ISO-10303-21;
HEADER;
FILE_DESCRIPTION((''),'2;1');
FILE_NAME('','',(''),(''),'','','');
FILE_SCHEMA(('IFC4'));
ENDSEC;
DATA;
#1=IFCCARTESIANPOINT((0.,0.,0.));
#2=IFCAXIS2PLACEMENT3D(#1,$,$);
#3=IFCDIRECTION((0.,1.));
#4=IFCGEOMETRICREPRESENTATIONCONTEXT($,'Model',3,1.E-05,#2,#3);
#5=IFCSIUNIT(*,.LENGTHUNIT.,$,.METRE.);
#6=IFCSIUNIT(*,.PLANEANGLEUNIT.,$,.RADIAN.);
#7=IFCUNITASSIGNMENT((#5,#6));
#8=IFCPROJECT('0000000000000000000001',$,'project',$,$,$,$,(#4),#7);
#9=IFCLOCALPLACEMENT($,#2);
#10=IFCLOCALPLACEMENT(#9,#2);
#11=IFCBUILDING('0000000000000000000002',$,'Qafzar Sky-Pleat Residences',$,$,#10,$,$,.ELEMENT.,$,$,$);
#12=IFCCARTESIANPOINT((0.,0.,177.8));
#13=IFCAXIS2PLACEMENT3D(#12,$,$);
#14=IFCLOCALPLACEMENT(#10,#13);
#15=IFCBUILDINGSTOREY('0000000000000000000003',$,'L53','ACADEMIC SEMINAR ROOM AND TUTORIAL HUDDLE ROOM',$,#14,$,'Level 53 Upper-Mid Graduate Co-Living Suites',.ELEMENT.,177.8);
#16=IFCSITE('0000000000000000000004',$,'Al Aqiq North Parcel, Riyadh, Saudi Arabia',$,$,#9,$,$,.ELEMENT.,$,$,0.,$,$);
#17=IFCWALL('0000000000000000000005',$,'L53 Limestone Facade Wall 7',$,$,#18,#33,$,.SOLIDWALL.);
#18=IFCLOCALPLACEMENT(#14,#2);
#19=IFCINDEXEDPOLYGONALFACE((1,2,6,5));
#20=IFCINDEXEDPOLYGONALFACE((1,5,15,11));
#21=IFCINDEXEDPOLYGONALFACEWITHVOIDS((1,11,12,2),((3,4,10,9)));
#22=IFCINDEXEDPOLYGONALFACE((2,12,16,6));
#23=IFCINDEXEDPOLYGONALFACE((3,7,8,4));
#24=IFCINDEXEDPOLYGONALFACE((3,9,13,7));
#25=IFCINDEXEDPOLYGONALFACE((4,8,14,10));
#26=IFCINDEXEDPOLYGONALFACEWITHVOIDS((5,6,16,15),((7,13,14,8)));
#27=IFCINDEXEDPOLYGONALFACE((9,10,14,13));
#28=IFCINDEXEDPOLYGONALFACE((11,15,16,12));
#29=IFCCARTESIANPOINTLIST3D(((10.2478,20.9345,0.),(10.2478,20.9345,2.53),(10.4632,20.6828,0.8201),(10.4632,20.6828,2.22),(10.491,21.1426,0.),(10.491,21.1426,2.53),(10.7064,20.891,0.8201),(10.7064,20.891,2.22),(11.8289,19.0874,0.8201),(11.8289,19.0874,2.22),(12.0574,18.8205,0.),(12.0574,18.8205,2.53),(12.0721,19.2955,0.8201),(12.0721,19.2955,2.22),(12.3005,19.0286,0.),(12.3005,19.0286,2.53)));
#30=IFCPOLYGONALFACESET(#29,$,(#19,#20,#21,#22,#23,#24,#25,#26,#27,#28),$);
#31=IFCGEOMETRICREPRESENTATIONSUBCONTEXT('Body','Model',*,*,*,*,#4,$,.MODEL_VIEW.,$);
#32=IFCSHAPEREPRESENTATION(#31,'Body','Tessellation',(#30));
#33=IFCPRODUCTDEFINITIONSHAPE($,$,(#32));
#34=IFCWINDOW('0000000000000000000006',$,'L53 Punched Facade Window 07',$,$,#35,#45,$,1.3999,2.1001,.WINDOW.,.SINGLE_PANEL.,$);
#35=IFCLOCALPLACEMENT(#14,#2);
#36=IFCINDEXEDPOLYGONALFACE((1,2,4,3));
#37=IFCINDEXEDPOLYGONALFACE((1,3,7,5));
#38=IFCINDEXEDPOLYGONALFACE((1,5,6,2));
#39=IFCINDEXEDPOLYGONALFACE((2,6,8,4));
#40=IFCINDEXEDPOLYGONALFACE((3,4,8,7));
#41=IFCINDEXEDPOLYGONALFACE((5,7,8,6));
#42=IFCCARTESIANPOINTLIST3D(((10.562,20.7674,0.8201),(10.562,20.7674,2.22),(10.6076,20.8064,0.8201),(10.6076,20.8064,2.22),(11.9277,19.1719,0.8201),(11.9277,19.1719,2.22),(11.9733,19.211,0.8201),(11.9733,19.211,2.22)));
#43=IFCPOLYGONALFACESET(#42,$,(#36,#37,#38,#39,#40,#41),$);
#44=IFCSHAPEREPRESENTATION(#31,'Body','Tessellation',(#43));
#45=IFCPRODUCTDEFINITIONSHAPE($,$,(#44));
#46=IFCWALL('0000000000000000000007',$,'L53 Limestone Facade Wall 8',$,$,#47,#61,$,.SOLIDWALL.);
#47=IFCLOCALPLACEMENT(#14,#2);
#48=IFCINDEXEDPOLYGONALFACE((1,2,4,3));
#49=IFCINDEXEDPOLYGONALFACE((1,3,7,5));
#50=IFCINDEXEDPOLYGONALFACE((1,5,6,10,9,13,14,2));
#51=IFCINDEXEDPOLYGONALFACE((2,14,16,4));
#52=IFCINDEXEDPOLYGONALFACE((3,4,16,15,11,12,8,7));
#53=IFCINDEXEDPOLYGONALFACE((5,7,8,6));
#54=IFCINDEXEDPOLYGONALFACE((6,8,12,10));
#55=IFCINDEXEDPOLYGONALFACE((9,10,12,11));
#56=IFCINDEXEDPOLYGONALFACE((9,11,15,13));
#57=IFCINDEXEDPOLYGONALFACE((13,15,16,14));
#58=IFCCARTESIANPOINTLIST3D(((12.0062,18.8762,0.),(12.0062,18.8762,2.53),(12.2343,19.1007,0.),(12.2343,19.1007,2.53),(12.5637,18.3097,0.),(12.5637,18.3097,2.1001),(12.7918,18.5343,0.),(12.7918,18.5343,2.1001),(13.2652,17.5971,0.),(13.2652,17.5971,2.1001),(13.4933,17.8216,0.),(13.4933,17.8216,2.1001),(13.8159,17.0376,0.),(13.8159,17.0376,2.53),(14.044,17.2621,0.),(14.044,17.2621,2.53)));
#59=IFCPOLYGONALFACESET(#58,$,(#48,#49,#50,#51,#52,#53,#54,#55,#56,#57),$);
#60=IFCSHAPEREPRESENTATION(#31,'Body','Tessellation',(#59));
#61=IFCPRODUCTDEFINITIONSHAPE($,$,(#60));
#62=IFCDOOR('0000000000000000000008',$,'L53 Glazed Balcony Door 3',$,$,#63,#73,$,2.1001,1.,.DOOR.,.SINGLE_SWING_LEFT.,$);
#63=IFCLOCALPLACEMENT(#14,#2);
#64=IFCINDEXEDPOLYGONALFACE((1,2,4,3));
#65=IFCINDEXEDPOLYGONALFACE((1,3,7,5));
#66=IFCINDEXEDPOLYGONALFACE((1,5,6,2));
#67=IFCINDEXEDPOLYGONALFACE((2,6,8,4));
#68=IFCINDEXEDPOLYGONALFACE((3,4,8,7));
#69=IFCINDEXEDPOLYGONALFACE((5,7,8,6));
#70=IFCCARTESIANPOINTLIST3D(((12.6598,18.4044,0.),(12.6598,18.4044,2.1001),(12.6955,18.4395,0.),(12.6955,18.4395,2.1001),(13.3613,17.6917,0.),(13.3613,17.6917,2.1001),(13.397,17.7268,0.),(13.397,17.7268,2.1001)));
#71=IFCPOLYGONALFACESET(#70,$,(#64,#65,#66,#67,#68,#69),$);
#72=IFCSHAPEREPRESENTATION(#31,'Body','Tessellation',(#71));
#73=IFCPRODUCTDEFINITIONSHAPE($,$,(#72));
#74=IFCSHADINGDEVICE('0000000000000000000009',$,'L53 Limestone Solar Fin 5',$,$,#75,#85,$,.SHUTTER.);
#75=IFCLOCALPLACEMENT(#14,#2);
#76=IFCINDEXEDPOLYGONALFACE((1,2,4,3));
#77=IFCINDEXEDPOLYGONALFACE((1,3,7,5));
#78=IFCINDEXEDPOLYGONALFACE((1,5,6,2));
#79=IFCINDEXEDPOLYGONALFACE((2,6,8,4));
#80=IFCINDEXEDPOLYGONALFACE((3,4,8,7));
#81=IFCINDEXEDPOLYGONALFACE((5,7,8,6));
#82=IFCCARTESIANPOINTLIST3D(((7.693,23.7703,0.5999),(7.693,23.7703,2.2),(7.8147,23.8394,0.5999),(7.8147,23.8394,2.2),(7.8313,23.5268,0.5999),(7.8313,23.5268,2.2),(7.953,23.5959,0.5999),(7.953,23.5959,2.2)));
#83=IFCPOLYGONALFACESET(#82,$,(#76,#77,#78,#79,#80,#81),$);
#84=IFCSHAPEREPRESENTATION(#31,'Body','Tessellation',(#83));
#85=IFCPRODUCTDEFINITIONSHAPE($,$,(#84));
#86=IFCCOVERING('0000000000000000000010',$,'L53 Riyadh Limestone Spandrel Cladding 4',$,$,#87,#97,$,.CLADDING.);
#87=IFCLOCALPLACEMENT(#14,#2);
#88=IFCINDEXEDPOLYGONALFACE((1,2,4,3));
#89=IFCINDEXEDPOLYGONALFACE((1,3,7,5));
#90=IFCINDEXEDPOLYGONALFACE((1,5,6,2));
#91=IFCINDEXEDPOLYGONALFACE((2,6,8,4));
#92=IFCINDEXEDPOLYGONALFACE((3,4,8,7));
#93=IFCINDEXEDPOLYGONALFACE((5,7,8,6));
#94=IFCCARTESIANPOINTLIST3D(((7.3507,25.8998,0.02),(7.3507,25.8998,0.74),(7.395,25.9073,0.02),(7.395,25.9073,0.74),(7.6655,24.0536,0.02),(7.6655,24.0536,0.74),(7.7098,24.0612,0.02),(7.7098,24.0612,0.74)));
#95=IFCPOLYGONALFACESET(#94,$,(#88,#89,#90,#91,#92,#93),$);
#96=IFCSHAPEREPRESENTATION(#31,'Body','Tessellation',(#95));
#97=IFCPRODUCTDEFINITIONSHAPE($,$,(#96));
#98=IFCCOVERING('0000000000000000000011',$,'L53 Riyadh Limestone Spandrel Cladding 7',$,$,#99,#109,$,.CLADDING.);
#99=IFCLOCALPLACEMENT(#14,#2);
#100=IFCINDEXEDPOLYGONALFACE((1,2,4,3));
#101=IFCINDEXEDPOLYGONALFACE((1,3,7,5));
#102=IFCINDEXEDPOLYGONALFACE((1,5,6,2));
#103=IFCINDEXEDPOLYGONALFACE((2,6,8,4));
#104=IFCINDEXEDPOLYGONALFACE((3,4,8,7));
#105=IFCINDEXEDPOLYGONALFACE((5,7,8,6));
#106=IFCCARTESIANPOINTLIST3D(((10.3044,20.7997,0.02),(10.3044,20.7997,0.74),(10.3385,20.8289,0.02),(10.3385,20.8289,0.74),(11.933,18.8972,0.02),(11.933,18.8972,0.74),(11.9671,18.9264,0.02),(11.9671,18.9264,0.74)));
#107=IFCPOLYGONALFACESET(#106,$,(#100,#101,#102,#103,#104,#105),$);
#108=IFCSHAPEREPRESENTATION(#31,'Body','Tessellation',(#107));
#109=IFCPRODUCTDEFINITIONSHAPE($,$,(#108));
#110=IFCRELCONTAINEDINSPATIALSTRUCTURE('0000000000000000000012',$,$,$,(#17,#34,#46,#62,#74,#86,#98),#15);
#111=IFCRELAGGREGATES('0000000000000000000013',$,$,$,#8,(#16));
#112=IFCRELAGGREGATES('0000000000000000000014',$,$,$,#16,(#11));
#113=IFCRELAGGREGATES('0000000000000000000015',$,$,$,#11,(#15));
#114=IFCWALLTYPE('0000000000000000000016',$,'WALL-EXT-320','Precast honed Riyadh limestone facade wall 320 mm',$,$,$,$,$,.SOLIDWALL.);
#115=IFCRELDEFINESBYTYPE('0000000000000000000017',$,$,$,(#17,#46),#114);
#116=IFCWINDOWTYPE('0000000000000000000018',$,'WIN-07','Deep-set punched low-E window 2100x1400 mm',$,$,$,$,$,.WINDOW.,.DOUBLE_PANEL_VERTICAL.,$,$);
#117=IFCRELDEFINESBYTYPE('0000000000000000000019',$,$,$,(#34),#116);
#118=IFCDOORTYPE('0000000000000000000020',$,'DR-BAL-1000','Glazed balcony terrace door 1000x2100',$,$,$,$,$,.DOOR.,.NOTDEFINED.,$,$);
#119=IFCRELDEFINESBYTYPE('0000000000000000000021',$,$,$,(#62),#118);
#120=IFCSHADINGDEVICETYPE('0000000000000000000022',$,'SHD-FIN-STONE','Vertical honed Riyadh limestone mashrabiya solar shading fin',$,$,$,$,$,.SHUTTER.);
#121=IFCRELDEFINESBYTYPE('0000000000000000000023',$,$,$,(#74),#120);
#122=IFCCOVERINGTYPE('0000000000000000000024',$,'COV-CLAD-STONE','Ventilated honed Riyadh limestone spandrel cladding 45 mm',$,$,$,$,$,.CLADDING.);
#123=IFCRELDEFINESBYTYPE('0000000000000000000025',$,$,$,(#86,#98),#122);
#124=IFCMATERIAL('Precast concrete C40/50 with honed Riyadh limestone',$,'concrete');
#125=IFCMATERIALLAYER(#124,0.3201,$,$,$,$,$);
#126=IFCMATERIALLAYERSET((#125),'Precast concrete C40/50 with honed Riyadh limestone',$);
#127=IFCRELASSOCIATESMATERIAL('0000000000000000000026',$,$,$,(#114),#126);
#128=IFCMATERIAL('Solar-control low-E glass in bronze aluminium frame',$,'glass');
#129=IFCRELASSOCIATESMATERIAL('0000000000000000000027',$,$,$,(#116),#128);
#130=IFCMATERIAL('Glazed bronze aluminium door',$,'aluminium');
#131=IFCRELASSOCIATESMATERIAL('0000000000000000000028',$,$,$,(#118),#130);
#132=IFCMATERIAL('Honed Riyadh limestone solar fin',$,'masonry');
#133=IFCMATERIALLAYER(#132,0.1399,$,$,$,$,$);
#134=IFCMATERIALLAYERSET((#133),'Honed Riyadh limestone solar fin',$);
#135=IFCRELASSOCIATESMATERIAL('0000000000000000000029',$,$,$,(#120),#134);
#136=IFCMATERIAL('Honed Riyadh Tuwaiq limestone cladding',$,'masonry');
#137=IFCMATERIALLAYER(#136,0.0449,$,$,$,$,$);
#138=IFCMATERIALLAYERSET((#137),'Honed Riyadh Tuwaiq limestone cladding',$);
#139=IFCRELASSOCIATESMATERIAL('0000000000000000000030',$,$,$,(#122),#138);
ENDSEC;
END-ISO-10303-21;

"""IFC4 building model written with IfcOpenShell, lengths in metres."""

from ifc_helpers import new_model, si_unit, direction, frame, frame_2d, origin, origin_2d, place, context, subcontext, project, spatial, rectangle, extrude, source, transform, mapped, material, layer, layer_set, type_object, element, fill, save


model = new_model("IFC4")

# Units and contexts
model_context = context("Model", 3, precision=1e-05, world=origin(), true_north=direction((0.0, 1.0)))
body_context = subcontext(model_context, "Body", "Model", "MODEL_VIEW")
ifc_project = project(units=[si_unit("LENGTHUNIT", "METRE"), si_unit("PLANEANGLEUNIT", "RADIAN")], contexts=[model_context])

# Site, building, storey
site_placement = place(None, origin())
site = spatial("IfcSite", under=ifc_project, at=site_placement, Name="Al Aqiq North Parcel, Riyadh, Saudi Arabia", CompositionType="ELEMENT", RefElevation=0.0)
building_placement = place(site_placement, origin())
building = spatial("IfcBuilding", under=site, at=building_placement, Name="Qafzar Sky-Pleat Residences", CompositionType="ELEMENT")
storey_placement = place(building_placement, frame((0.0, 0.0, 177.8)))
storey = spatial("IfcBuildingStorey", under=building, at=storey_placement, Name="L53", Description="ACADEMIC SEMINAR ROOM AND TUTORIAL HUDDLE ROOM", LongName="Level 53 Upper-Mid Graduate Co-Living Suites", CompositionType="ELEMENT", Elevation=177.8)

# Wall, opening, window
ifc_material_1 = material(Name="Precast concrete C40/50 with honed Riyadh limestone", Category="concrete")
ifc_layer_1 = layer(ifc_material_1, 0.3201)
ifc_layer_set_1 = layer_set([ifc_layer_1], Name="Precast concrete C40/50 with honed Riyadh limestone")
wall_type_1 = type_object("IfcWallType", Name="WALL-EXT-320", Description="Precast honed Riyadh limestone facade wall 320 mm", PredefinedType="SOLIDWALL", material=ifc_layer_set_1)
ifc_material_2 = material(Name="Solar-control low-E glass in bronze aluminium frame", Category="glass")
wall_1_placement = place(storey_placement, frame((10.3694, 21.0386, 0.0), z_axis=(0.0, 0.0, 1.0), x_axis=(0.650285, -0.75969, 0.0)))
wall_1 = element("IfcWall", 1, at=wall_1_placement, inside=storey, type_object=wall_type_1, Name="L53 Limestone Facade Wall 7", PredefinedType="SOLIDWALL", context=body_context, shape_type="SweptSolid", body=[
    extrude(rectangle(XDim=2.7827, YDim=0.3201, at=frame_2d((1.3914, 0.0))), origin(), (0.0, 0.0, 1.0), 2.53),
])
opening_1_placement = place(wall_1_placement, frame((0.3313, 0.0, 0.8201)))
opening_1 = element("IfcOpeningElement", 2, at=opening_1_placement, cuts=wall_1, PredefinedType="OPENING", context=body_context, shape_type="SweptSolid", body=[
    extrude(rectangle(XDim=2.1001, YDim=1.3999, at=frame_2d((1.05, 0.7))), frame((0.0, 0.1699, 0.0), z_axis=(0.0, -1.0, 0.0), x_axis=(1.0, 0.0, 0.0)), (0.0, 0.0, 1.0), 0.3401),
])
window_type_1 = type_object("IfcWindowType", Name="WIN-07", Description="Deep-set punched low-E window 2100x1400 mm", PartitioningType="DOUBLE_PANEL_VERTICAL", PredefinedType="WINDOW", material=ifc_material_2)
shared_shape_1 = source(origin(), body_context, "Body", "SweptSolid", [
    extrude(rectangle(XDim=2.1001, YDim=1.3999, at=frame_2d((1.05, 0.7))), frame((0.0, 0.03, 0.0), z_axis=(0.0, -1.0, 0.0), x_axis=(1.0, 0.0, 0.0)), (0.0, 0.0, 1.0), 0.0601),
])
window_1_placement = place(opening_1_placement, origin())
window_1 = element("IfcWindow", 3, at=window_1_placement, inside=storey, type_object=window_type_1, Name="L53 Punched Facade Window 07", OverallHeight=1.3999, OverallWidth=2.1001, PartitioningType="SINGLE_PANEL", PredefinedType="WINDOW", context=body_context, shape_type="MappedRepresentation", body=[
    mapped(shared_shape_1, transform((0.0, 0.0, 0.0), x_axis=(1.0, 0.0, 0.0), y_axis=(0.0, 1.0, 0.0), z_axis=(0.0, 0.0, 1.0), scale=1.0)),
])
fill(opening_1, window_1)

# Wall, opening, door
wall_2_placement = place(storey_placement, frame((12.1201, 18.9885, 0.0), z_axis=(0.0, 0.0, 1.0), x_axis=(0.701501, -0.712668, 0.0)))
wall_2 = element("IfcWall", 4, at=wall_2_placement, inside=storey, type_object=wall_type_1, Name="L53 Limestone Facade Wall 8", PredefinedType="SOLIDWALL", context=body_context, shape_type="SweptSolid", body=[
    extrude(rectangle(XDim=2.5798, YDim=0.3201, at=frame_2d((1.29, 0.0))), origin(), (0.0, 0.0, 1.0), 2.53),
])
opening_2_placement = place(wall_2_placement, frame((0.7949, 0.0, 0.0)))
opening_2 = element("IfcOpeningElement", 5, at=opening_2_placement, cuts=wall_2, PredefinedType="OPENING", context=body_context, shape_type="SweptSolid", body=[
    extrude(rectangle(XDim=1.0, YDim=2.1001, at=frame_2d((0.5, 1.05))), frame((0.0, 0.1699, 0.0), z_axis=(0.0, -1.0, 0.0), x_axis=(1.0, 0.0, 0.0)), (0.0, 0.0, 1.0), 0.3401),
])
ifc_material_3 = material(Name="Glazed bronze aluminium door", Category="aluminium")
door_type = type_object("IfcDoorType", Name="DR-BAL-1000", Description="Glazed balcony terrace door 1000x2100", OperationType="NOTDEFINED", PredefinedType="DOOR", material=ifc_material_3)
shared_shape_2 = source(origin(), body_context, "Body", "SweptSolid", [
    extrude(rectangle(XDim=1.0, YDim=2.1001, at=frame_2d((0.5, 1.05))), frame((0.0, 0.0249, 0.0), z_axis=(0.0, -1.0, 0.0), x_axis=(1.0, 0.0, 0.0)), (0.0, 0.0, 1.0), 0.05),
])
door_placement = place(opening_2_placement, origin())
door = element("IfcDoor", 6, at=door_placement, inside=storey, type_object=door_type, Name="L53 Glazed Balcony Door 3", OperationType="SINGLE_SWING_LEFT", OverallHeight=2.1001, OverallWidth=1.0, PredefinedType="DOOR", context=body_context, shape_type="MappedRepresentation", body=[
    mapped(shared_shape_2, transform((0.0, 0.0, 0.0), x_axis=(1.0, 0.0, 0.0), y_axis=(0.0, 1.0, 0.0), z_axis=(0.0, 0.0, 1.0), scale=1.0)),
])
fill(opening_2, door)

# Shading device
ifc_material_4 = material(Name="Honed Riyadh limestone solar fin", Category="masonry")
ifc_layer_2 = layer(ifc_material_4, 0.1399)
ifc_layer_set_2 = layer_set([ifc_layer_2], Name="Honed Riyadh limestone solar fin")
shading_device_type = type_object("IfcShadingDeviceType", Name="SHD-FIN-STONE", Description="Vertical honed Riyadh limestone mashrabiya solar shading fin", PredefinedType="SHUTTER", material=ifc_layer_set_2)
shared_shape_3 = source(origin(), body_context, "Body", "SweptSolid", [
    extrude(rectangle(XDim=0.1399, YDim=0.28, at=origin_2d()), origin(), (0.0, 0.0, 1.0), 1.6001),
])
shading_device_placement = place(storey_placement, frame((7.823, 23.6831, 0.5999), z_axis=(0.0, 0.0, 1.0), x_axis=(-0.869636, -0.493693, 0.0)))
element("IfcShadingDevice", 7, at=shading_device_placement, inside=storey, type_object=shading_device_type, Name="L53 Limestone Solar Fin 5", PredefinedType="SHUTTER", context=body_context, shape_type="MappedRepresentation", body=[
    mapped(shared_shape_3, transform((0.0, 0.0, 0.0), x_axis=(1.0, 0.0, 0.0), y_axis=(0.0, 1.0, 0.0), z_axis=(0.0, 0.0, 1.0), scale=1.0)),
])

# Covering
ifc_material_5 = material(Name="Honed Riyadh Tuwaiq limestone cladding", Category="masonry")
ifc_layer_3 = layer(ifc_material_5, 0.0449)
ifc_layer_set_3 = layer_set([ifc_layer_3], Name="Honed Riyadh Tuwaiq limestone cladding")
covering_type = type_object("IfcCoveringType", Name="COV-CLAD-STONE", Description="Ventilated honed Riyadh limestone spandrel cladding 45 mm", PredefinedType="CLADDING", material=ifc_layer_set_3)
shared_shape_4 = source(origin(), body_context, "Body", "SweptSolid", [
    extrude(rectangle(XDim=1.8728, YDim=0.0449, at=origin_2d()), origin(), (0.0, 0.0, 1.0), 0.72),
])
covering_1_placement = place(storey_placement, frame((7.5303, 24.9805, 0.02), z_axis=(0.0, 0.0, 1.0), x_axis=(0.168084, -0.985773, 0.0)))
element("IfcCovering", 8, at=covering_1_placement, inside=storey, type_object=covering_type, Name="L53 Riyadh Limestone Spandrel Cladding 4", PredefinedType="CLADDING", context=body_context, shape_type="MappedRepresentation", body=[
    mapped(shared_shape_4, transform((0.0, 0.0, 0.0), x_axis=(1.0, 0.0, 0.0), y_axis=(0.0, 1.0, 0.0), z_axis=(0.0, 0.0, 1.0), scale=1.0)),
])

# Covering
shared_shape_5 = source(origin(), body_context, "Body", "SweptSolid", [
    extrude(rectangle(XDim=2.5044, YDim=0.0449, at=origin_2d()), origin(), (0.0, 0.0, 1.0), 0.72),
])
covering_2_placement = place(storey_placement, frame((11.1357, 19.863, 0.02), z_axis=(0.0, 0.0, 1.0), x_axis=(0.650294, -0.759683, 0.0)))
element("IfcCovering", 9, at=covering_2_placement, inside=storey, type_object=covering_type, Name="L53 Riyadh Limestone Spandrel Cladding 7", PredefinedType="CLADDING", context=body_context, shape_type="MappedRepresentation", body=[
    mapped(shared_shape_5, transform((0.0, 0.0, 0.0), x_axis=(1.0, 0.0, 0.0), y_axis=(0.0, 1.0, 0.0), z_axis=(0.0, 0.0, 1.0), scale=1.0)),
])

save(model, "model.ifc")
